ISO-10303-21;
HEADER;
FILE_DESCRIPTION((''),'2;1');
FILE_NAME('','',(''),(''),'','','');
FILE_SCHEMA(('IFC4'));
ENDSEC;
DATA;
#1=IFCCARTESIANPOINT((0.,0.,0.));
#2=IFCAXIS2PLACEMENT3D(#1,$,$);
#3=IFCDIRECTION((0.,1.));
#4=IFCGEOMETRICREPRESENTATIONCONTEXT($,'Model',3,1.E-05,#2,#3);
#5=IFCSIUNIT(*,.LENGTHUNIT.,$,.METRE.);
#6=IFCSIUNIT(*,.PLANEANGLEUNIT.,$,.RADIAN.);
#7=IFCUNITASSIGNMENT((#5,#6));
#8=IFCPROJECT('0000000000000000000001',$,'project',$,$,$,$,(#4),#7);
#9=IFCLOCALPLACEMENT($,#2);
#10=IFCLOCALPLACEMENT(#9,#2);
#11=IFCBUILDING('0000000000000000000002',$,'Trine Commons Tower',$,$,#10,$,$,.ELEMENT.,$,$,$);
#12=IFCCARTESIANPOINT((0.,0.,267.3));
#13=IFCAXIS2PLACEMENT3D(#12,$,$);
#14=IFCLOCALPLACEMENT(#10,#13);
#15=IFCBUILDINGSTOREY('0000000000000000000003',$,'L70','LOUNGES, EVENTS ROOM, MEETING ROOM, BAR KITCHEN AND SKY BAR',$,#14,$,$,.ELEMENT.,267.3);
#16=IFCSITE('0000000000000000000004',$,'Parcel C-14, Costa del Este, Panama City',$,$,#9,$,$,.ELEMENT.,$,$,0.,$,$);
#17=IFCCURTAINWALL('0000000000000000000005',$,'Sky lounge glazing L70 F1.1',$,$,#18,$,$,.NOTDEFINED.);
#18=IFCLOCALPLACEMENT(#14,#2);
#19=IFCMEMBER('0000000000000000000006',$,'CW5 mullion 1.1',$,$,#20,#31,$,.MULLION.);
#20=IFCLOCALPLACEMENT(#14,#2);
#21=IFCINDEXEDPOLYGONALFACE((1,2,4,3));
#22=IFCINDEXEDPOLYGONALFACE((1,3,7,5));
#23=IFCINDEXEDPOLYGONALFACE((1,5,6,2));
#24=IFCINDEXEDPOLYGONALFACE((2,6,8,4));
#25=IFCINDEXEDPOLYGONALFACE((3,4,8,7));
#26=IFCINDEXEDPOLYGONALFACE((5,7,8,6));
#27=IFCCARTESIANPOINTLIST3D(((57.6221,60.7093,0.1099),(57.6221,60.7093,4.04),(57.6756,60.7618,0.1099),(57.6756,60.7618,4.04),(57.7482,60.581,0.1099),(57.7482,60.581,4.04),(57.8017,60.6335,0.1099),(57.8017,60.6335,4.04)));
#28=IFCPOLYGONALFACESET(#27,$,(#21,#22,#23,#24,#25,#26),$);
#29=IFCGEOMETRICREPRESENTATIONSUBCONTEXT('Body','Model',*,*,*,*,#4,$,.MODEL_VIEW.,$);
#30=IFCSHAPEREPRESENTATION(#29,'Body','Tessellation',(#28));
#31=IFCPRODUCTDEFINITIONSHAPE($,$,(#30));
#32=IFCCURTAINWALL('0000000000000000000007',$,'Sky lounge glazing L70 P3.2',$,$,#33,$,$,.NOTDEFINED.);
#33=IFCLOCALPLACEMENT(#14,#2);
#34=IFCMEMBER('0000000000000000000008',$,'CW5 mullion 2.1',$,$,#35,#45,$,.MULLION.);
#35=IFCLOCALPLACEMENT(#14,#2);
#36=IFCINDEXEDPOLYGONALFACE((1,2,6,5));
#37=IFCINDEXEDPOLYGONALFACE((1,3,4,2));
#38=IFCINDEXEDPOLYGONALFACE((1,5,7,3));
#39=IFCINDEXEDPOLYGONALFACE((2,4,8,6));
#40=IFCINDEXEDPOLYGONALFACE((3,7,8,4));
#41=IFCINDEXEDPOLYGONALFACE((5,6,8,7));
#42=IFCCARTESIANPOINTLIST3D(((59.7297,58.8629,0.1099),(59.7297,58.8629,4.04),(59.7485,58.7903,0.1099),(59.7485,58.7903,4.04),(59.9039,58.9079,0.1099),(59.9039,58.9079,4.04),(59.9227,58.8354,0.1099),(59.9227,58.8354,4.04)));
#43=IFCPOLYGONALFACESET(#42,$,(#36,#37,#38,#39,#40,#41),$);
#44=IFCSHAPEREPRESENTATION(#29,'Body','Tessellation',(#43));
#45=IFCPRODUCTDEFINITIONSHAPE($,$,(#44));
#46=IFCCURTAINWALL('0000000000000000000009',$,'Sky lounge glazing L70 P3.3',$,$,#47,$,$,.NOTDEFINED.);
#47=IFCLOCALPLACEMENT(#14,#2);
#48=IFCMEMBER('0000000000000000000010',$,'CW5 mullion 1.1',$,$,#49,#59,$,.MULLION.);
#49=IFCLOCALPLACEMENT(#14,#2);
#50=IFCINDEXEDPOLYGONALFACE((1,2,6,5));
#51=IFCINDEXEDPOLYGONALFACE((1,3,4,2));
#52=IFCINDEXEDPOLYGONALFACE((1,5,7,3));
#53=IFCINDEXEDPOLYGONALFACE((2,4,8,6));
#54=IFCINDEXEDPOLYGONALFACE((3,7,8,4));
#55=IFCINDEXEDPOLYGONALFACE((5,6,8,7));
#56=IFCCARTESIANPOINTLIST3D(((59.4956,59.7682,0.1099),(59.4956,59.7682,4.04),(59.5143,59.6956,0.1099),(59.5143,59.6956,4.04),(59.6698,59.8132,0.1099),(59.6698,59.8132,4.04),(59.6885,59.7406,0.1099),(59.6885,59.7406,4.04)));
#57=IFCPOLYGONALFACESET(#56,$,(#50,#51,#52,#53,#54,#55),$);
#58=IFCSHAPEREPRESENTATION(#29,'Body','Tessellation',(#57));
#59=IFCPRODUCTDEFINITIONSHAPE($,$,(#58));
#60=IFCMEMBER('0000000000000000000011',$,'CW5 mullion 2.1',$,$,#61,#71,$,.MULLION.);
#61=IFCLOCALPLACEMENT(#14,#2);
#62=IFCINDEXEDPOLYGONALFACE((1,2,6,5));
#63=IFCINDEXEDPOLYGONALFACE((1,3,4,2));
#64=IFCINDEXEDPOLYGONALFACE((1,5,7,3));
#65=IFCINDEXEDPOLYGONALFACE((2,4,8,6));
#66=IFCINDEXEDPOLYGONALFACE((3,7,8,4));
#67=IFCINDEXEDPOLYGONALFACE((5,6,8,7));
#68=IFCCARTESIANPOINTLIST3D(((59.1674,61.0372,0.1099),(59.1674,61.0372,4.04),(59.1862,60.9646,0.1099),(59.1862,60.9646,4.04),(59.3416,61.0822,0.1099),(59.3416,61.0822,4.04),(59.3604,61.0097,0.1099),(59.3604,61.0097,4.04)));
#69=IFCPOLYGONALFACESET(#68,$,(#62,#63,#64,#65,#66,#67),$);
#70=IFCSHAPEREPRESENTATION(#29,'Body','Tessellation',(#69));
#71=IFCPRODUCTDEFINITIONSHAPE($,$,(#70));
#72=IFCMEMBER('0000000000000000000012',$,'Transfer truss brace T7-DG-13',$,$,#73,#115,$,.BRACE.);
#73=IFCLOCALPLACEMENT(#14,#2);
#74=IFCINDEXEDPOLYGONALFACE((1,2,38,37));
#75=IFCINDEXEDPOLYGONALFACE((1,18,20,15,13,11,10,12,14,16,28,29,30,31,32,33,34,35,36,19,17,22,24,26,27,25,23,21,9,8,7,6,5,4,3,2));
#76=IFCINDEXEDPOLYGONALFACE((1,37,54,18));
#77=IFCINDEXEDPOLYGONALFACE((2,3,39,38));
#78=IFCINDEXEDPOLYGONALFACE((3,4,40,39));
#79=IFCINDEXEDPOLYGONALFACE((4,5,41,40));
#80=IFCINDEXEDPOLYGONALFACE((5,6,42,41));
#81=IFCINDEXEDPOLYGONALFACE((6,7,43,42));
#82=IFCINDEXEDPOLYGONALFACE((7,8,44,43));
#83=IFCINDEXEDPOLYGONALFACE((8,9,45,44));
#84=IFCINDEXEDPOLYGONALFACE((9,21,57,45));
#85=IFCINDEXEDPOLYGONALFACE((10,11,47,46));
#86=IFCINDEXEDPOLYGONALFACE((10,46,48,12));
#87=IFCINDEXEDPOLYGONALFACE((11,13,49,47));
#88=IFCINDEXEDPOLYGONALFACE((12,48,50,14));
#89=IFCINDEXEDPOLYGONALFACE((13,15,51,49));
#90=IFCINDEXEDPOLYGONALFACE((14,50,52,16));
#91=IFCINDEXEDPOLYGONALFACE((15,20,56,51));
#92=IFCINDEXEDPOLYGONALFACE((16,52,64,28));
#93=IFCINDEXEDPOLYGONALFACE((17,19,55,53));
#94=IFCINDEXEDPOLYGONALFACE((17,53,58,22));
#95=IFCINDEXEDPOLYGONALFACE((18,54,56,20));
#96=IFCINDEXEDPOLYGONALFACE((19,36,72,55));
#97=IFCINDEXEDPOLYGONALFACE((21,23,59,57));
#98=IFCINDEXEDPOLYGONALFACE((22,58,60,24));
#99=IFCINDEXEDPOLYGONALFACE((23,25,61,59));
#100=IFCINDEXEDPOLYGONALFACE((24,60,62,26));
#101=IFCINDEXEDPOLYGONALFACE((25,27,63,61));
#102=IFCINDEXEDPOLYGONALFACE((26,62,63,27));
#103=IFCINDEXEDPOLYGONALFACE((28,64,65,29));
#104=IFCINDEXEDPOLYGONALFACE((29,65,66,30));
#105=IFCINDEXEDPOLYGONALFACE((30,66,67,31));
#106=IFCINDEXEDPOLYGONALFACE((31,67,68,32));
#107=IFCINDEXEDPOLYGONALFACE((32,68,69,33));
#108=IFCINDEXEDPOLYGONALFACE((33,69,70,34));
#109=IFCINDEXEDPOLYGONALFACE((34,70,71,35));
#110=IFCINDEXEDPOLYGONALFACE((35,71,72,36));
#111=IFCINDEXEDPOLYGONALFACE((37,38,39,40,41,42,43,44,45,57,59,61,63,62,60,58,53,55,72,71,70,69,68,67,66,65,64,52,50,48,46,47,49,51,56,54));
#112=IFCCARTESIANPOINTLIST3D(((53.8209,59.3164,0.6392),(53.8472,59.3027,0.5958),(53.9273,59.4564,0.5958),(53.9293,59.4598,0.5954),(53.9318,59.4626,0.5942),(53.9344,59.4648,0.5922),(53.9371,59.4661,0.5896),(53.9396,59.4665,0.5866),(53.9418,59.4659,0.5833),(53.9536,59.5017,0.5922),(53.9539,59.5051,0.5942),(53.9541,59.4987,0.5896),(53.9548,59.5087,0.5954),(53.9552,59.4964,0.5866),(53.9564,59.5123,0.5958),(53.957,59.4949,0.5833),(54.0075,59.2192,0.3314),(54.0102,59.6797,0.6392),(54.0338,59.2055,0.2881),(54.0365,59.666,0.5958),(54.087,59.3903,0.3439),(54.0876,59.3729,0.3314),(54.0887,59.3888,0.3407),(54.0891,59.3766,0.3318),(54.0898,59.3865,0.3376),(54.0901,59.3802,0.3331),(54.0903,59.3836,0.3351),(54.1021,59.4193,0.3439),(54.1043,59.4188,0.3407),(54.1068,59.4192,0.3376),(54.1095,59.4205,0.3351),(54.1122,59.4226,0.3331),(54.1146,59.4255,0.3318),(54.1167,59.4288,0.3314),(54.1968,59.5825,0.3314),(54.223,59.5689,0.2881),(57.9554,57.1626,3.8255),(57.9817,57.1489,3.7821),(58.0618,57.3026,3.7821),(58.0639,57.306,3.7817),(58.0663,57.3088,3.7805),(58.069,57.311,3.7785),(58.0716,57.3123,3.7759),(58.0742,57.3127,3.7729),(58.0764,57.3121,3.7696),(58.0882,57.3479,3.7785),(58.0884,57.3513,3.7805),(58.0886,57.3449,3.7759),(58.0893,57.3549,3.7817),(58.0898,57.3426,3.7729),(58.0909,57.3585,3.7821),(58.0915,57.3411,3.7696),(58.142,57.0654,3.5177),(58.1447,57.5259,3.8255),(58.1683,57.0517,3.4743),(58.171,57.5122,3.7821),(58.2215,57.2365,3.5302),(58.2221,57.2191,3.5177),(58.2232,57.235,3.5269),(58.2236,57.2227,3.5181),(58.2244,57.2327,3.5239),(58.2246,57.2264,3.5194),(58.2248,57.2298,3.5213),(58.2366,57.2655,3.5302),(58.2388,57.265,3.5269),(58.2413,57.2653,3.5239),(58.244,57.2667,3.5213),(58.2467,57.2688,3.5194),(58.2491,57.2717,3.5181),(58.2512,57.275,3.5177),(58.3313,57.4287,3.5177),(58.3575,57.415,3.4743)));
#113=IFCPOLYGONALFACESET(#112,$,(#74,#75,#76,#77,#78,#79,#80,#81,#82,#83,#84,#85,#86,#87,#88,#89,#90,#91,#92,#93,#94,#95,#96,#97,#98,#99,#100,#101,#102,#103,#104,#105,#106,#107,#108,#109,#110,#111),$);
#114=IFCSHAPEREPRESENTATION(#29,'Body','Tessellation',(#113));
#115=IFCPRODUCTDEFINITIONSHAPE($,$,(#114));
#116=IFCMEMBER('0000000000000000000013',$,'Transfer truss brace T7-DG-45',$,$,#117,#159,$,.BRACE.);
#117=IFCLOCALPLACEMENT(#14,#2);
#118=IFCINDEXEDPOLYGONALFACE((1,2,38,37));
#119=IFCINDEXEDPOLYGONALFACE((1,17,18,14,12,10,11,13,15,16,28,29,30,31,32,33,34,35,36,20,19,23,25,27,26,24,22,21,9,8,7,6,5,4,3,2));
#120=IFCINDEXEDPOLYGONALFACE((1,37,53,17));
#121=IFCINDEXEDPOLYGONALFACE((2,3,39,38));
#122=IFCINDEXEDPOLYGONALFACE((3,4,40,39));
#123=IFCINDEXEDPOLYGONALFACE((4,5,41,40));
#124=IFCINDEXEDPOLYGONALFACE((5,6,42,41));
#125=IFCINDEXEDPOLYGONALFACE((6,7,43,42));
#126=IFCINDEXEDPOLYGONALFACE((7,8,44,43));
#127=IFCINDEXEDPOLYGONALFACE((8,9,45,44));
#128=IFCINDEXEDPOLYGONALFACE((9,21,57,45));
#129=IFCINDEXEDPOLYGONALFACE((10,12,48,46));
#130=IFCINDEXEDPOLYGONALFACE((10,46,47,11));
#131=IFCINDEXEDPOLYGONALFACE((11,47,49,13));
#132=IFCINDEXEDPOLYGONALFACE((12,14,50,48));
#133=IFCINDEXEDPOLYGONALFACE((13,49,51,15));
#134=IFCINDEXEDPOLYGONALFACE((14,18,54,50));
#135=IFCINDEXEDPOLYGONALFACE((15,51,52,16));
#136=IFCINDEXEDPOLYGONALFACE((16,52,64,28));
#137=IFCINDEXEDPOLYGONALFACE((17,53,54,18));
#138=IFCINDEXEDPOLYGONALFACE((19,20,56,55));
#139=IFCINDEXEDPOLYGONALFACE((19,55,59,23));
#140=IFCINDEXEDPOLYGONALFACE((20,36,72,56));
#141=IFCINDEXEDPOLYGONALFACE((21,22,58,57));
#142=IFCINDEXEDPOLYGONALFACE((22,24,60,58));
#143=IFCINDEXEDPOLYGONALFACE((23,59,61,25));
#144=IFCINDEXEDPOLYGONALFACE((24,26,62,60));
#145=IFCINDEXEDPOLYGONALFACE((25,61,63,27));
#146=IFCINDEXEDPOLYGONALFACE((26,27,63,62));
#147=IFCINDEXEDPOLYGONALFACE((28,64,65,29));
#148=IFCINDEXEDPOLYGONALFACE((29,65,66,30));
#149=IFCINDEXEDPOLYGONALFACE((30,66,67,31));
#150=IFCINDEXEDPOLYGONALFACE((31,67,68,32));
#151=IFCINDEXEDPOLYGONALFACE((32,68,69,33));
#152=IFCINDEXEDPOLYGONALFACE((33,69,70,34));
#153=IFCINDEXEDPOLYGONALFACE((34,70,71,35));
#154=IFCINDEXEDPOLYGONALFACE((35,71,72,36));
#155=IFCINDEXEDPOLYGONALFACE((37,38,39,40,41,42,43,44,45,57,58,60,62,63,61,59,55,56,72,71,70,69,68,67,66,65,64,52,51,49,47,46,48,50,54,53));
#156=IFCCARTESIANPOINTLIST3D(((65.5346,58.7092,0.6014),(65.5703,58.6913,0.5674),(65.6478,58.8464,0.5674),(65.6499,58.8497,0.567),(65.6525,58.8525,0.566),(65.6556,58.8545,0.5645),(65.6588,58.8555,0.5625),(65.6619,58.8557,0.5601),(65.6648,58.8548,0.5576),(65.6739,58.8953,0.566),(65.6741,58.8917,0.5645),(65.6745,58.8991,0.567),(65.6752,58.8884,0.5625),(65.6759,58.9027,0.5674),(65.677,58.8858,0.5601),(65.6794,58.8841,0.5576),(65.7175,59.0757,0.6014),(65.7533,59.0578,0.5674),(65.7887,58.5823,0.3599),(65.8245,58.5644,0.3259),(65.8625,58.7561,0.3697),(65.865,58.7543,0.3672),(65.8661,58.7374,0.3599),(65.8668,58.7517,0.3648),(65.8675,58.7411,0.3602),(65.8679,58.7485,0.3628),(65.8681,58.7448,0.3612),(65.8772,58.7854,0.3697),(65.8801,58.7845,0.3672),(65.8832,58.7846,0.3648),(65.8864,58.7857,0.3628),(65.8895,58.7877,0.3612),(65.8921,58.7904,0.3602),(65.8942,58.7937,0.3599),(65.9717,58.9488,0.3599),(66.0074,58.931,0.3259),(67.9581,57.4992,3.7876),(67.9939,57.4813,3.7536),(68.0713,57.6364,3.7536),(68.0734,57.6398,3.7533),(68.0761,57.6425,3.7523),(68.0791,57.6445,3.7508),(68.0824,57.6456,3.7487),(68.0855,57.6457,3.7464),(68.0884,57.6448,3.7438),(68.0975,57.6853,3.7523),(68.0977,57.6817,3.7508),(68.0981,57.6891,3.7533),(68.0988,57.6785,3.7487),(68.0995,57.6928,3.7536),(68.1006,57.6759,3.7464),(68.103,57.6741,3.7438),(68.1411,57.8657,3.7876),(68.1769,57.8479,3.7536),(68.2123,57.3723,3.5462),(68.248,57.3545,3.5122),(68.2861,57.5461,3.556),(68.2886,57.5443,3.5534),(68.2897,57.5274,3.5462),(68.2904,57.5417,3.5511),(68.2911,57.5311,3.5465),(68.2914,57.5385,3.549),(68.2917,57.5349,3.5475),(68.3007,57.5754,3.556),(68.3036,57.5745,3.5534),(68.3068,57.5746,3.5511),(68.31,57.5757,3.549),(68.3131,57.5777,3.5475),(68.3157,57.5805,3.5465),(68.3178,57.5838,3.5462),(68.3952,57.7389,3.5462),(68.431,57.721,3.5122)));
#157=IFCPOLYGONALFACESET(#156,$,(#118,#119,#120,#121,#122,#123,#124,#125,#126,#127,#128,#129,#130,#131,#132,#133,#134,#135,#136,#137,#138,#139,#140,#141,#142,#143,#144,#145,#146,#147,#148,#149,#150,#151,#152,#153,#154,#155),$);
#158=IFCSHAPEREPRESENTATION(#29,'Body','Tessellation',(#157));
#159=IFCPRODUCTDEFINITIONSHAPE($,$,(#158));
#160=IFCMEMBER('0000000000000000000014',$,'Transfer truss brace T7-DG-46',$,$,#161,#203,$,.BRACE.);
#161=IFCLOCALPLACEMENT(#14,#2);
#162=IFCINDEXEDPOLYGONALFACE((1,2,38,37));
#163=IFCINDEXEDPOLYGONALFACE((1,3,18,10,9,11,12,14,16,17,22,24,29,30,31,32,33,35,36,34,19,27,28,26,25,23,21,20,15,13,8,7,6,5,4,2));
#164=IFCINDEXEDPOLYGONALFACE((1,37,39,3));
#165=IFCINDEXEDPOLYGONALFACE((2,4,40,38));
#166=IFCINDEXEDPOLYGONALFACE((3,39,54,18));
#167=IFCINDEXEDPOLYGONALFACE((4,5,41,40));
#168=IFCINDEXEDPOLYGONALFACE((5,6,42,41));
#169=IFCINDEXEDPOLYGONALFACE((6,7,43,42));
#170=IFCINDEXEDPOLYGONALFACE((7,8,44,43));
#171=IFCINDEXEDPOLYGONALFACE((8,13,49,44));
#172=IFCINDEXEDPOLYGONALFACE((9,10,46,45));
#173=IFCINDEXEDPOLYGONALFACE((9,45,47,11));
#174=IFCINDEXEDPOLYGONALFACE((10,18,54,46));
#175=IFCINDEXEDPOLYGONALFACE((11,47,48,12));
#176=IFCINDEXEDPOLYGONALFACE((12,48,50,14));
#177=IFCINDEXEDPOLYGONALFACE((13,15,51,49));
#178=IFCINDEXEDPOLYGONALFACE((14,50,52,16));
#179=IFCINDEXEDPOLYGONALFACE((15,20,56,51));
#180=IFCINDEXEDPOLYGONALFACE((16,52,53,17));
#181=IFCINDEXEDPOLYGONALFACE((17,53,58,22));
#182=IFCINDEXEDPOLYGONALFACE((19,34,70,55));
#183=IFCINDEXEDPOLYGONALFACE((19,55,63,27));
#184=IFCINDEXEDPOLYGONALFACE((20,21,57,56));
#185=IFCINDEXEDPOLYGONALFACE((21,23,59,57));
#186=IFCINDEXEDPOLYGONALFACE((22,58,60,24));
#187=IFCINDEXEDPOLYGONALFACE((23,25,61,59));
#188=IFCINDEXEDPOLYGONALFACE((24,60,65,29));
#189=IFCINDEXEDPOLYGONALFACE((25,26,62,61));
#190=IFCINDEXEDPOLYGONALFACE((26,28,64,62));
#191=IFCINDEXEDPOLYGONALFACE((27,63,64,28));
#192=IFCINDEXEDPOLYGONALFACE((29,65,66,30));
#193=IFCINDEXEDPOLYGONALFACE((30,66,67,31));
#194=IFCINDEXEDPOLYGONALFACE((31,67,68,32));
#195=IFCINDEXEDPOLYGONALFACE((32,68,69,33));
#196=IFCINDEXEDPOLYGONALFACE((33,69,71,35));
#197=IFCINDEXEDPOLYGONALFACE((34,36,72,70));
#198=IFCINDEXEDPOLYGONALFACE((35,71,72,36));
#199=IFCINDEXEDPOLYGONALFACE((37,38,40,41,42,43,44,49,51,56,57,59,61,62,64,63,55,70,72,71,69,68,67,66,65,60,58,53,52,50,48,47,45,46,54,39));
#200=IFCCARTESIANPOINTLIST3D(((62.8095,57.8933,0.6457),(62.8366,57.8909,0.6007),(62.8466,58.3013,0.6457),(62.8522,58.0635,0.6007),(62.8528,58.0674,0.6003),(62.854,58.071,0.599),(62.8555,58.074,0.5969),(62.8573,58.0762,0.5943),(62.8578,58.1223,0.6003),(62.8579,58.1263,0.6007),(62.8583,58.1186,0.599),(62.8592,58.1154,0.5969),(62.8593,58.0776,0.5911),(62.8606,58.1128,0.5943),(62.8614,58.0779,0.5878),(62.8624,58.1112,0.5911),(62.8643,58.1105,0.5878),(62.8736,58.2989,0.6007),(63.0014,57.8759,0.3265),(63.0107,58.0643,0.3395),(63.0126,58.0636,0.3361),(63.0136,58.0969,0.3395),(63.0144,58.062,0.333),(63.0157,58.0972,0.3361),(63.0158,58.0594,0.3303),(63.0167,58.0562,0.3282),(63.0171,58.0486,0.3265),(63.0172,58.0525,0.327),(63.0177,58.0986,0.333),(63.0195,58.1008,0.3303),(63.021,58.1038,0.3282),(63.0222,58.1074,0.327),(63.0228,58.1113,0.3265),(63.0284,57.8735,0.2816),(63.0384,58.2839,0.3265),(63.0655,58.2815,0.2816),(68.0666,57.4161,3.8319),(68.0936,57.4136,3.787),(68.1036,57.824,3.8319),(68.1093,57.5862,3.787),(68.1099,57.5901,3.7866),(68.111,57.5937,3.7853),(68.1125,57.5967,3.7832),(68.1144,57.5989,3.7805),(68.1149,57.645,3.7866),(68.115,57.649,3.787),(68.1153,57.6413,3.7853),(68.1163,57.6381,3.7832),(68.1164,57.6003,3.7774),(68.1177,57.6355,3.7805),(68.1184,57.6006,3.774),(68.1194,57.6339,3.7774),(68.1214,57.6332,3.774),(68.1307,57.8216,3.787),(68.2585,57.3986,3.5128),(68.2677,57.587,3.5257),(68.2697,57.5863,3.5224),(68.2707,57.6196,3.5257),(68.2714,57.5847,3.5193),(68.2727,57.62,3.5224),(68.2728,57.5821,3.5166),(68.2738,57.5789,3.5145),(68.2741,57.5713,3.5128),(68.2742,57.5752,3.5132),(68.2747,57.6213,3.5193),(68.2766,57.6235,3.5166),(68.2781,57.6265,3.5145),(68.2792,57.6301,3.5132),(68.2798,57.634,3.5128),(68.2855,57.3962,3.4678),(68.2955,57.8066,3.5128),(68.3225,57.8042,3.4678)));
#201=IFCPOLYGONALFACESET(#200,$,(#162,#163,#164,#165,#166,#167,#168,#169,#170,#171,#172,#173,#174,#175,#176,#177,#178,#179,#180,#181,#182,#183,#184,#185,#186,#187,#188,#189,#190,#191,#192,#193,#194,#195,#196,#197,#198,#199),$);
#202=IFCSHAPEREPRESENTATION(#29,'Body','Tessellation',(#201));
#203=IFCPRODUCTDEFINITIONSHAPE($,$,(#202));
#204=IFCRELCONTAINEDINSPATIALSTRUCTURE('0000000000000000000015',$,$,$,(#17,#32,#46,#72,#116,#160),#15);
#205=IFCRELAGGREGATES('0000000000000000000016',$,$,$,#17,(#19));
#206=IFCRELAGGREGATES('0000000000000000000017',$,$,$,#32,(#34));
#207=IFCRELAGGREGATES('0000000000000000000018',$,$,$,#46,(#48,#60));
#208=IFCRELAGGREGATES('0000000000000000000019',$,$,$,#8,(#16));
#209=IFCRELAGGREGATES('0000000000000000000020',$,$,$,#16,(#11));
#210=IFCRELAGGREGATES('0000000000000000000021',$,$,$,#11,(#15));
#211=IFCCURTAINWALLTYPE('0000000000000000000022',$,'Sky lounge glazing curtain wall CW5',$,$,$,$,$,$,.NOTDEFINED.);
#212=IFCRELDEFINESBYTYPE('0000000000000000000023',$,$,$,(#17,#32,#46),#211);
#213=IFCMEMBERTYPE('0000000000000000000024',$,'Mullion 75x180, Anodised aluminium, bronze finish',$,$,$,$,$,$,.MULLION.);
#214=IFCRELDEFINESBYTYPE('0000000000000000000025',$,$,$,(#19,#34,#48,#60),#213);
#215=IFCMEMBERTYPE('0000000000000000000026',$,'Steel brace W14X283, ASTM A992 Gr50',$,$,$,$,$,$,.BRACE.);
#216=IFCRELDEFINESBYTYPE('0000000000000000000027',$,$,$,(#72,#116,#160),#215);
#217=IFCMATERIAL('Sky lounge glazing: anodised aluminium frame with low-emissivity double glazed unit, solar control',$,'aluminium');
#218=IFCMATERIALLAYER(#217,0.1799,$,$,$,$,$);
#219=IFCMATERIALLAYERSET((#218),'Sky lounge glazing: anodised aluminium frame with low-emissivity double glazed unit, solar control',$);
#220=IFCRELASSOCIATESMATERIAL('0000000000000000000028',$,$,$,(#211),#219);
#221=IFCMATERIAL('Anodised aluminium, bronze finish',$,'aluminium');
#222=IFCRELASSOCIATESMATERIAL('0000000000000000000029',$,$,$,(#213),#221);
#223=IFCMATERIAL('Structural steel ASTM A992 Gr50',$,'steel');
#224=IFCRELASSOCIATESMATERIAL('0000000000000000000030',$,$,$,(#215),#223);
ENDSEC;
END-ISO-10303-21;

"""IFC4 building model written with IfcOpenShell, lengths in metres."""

from ifc_helpers import new_model, si_unit, direction, frame, origin, origin_2d, place, context, subcontext, project, spatial, rectangle, i_section, extrude, material, layer, layer_set, material_profile, profile_set, type_object, element, aggregate, save


model = new_model("IFC4")

# Units and contexts
model_context = context("Model", 3, precision=1e-05, world=origin(), true_north=direction((0.0, 1.0)))
body_context = subcontext(model_context, "Body", "Model", "MODEL_VIEW")
ifc_project = project(units=[si_unit("LENGTHUNIT", "METRE"), si_unit("PLANEANGLEUNIT", "RADIAN")], contexts=[model_context])

# Site, building, storey
site_placement = place(None, origin())
site = spatial("IfcSite", under=ifc_project, at=site_placement, Name="Parcel C-14, Costa del Este, Panama City", CompositionType="ELEMENT", RefElevation=0.0)
building_placement = place(site_placement, origin())
building = spatial("IfcBuilding", under=site, at=building_placement, Name="Trine Commons Tower", CompositionType="ELEMENT")
storey_placement = place(building_placement, frame((0.0, 0.0, 267.3)))
storey = spatial("IfcBuildingStorey", under=building, at=storey_placement, Name="L70", Description="LOUNGES, EVENTS ROOM, MEETING ROOM, BAR KITCHEN AND SKY BAR", CompositionType="ELEMENT", Elevation=267.3)

# Curtain walls, members
ifc_material_1 = material(Name="Sky lounge glazing: anodised aluminium frame with low-emissivity double glazed unit, solar control", Category="aluminium")
ifc_layer_1 = layer(ifc_material_1, 0.1799)
ifc_layer_set_1 = layer_set([ifc_layer_1], Name="Sky lounge glazing: anodised aluminium frame with low-emissivity double glazed unit, solar control")
curtain_wall_type = type_object("IfcCurtainWallType", Name="Sky lounge glazing curtain wall CW5", PredefinedType="NOTDEFINED", material=ifc_layer_set_1)
curtain_wall_1_placement = place(storey_placement, origin())
curtain_wall_1 = element("IfcCurtainWall", 1, at=curtain_wall_1_placement, inside=storey, type_object=curtain_wall_type, Name="Sky lounge glazing L70 F1.1", PredefinedType="NOTDEFINED")
ifc_material_2 = material(Name="Anodised aluminium, bronze finish", Category="aluminium")
ifc_material_profile_1 = material_profile(ifc_material_2, rectangle(XDim=0.1799, YDim=0.075, at=origin_2d()), Name="Mullion 75x180")
ifc_profile_set_1 = profile_set([ifc_material_profile_1], Name="Anodised aluminium, bronze finish")
member_type_1 = type_object("IfcMemberType", Name="Mullion 75x180, Anodised aluminium, bronze finish", PredefinedType="MULLION", material=ifc_profile_set_1)
member_1_placement = place(storey_placement, frame((57.7119, 60.6714, 0.1099), z_axis=(0.0, 0.0, 1.0), x_axis=(-0.700909, 0.71325, 0.0)))
member_1 = element("IfcMember", 2, at=member_1_placement, type_object=member_type_1, Name="CW5 mullion 1.1", PredefinedType="MULLION", context=body_context, shape_type="SweptSolid", body=[
    extrude(rectangle(XDim=0.1799, YDim=0.075, at=origin_2d()), origin(), (0.0, 0.0, 1.0), 3.9302),
])
curtain_wall_2_placement = place(storey_placement, origin())
curtain_wall_2 = element("IfcCurtainWall", 3, at=curtain_wall_2_placement, inside=storey, type_object=curtain_wall_type, Name="Sky lounge glazing L70 P3.2", PredefinedType="NOTDEFINED")
member_2_placement = place(storey_placement, frame((59.8262, 58.8491, 0.1099), z_axis=(0.0, 0.0, 1.0), x_axis=(-0.968148, -0.25038, 0.0)))
member_2 = element("IfcMember", 4, at=member_2_placement, type_object=member_type_1, Name="CW5 mullion 2.1", PredefinedType="MULLION", context=body_context, shape_type="SweptSolid", body=[
    extrude(rectangle(XDim=0.1799, YDim=0.075, at=origin_2d()), origin(), (0.0, 0.0, 1.0), 3.9302),
])

# Curtain wall, members
curtain_wall_3_placement = place(storey_placement, origin())
curtain_wall_3 = element("IfcCurtainWall", 5, at=curtain_wall_3_placement, inside=storey, type_object=curtain_wall_type, Name="Sky lounge glazing L70 P3.3", PredefinedType="NOTDEFINED")
member_3_placement = place(storey_placement, frame((59.592, 59.7544, 0.1099), z_axis=(0.0, 0.0, 1.0), x_axis=(-0.968148, -0.25038, 0.0)))
member_3 = element("IfcMember", 6, at=member_3_placement, type_object=member_type_1, Name="CW5 mullion 1.1", PredefinedType="MULLION", context=body_context, shape_type="SweptSolid", body=[
    extrude(rectangle(XDim=0.1799, YDim=0.075, at=origin_2d()), origin(), (0.0, 0.0, 1.0), 3.9302),
])
member_4_placement = place(storey_placement, frame((59.2639, 61.0234, 0.1099), z_axis=(0.0, 0.0, 1.0), x_axis=(-0.968148, -0.25038, 0.0)))
member_4 = element("IfcMember", 7, at=member_4_placement, type_object=member_type_1, Name="CW5 mullion 2.1", PredefinedType="MULLION", context=body_context, shape_type="SweptSolid", body=[
    extrude(rectangle(XDim=0.1799, YDim=0.075, at=origin_2d()), origin(), (0.0, 0.0, 1.0), 3.9302),
])

# Members
ifc_material_3 = material(Name="Structural steel ASTM A992 Gr50", Category="steel")
ifc_material_profile_2 = material_profile(ifc_material_3, i_section(OverallWidth=0.4097, OverallDepth=0.4253, WebThickness=0.0327, FlangeThickness=0.0525, FilletRadius=0.0151, at=origin_2d()), Name="W14X283")
ifc_profile_set_2 = profile_set([ifc_material_profile_2], Name="Structural steel ASTM A992 Gr50")
member_type_2 = type_object("IfcMemberType", Name="Steel brace W14X283, ASTM A992 Gr50", PredefinedType="BRACE", material=ifc_profile_set_2)
member_5_placement = place(storey_placement, frame((54.022, 59.4426, 0.4636), z_axis=(0.732198, -0.381426, 0.56427), x_axis=(0.462004, 0.886878, 0.0)))
element("IfcMember", 8, at=member_5_placement, inside=storey, type_object=member_type_2, Name="Transfer truss brace T7-DG-13", PredefinedType="BRACE", context=body_context, shape_type="SweptSolid", body=[
    extrude(i_section(OverallWidth=0.4097, OverallDepth=0.4253, WebThickness=0.0327, FlangeThickness=0.0525, FilletRadius=0.0151, at=origin_2d()), origin(), (0.0, 0.0, 1.0), 5.6467),
])
member_6_placement = place(storey_placement, frame((65.771, 58.8201, 0.4636), z_axis=(0.579511, -0.289317, 0.761881), x_axis=(0.446673, 0.894697, 0.0)))
element("IfcMember", 9, at=member_6_placement, inside=storey, type_object=member_type_2, Name="Transfer truss brace T7-DG-45", PredefinedType="BRACE", context=body_context, shape_type="SweptSolid", body=[
    extrude(i_section(OverallWidth=0.4097, OverallDepth=0.4253, WebThickness=0.0327, FlangeThickness=0.0525, FilletRadius=0.0151, at=origin_2d()), origin(), (0.0, 0.0, 1.0), 4.1821),
])
member_7_placement = place(storey_placement, frame((62.9375, 58.0874, 0.4636), z_axis=(0.852619, -0.07741, 0.516767), x_axis=(0.090419, 0.995904, 0.0)))
element("IfcMember", 10, at=member_7_placement, inside=storey, type_object=member_type_2, Name="Transfer truss brace T7-DG-46", PredefinedType="BRACE", context=body_context, shape_type="SweptSolid", body=[
    extrude(i_section(OverallWidth=0.4097, OverallDepth=0.4253, WebThickness=0.0327, FlangeThickness=0.0525, FilletRadius=0.0151, at=origin_2d()), origin(), (0.0, 0.0, 1.0), 6.1658),
])

aggregate(curtain_wall_1, [member_1])

aggregate(curtain_wall_2, [member_2])
aggregate(curtain_wall_3, [member_3, member_4])

save(model, "model.ifc")
